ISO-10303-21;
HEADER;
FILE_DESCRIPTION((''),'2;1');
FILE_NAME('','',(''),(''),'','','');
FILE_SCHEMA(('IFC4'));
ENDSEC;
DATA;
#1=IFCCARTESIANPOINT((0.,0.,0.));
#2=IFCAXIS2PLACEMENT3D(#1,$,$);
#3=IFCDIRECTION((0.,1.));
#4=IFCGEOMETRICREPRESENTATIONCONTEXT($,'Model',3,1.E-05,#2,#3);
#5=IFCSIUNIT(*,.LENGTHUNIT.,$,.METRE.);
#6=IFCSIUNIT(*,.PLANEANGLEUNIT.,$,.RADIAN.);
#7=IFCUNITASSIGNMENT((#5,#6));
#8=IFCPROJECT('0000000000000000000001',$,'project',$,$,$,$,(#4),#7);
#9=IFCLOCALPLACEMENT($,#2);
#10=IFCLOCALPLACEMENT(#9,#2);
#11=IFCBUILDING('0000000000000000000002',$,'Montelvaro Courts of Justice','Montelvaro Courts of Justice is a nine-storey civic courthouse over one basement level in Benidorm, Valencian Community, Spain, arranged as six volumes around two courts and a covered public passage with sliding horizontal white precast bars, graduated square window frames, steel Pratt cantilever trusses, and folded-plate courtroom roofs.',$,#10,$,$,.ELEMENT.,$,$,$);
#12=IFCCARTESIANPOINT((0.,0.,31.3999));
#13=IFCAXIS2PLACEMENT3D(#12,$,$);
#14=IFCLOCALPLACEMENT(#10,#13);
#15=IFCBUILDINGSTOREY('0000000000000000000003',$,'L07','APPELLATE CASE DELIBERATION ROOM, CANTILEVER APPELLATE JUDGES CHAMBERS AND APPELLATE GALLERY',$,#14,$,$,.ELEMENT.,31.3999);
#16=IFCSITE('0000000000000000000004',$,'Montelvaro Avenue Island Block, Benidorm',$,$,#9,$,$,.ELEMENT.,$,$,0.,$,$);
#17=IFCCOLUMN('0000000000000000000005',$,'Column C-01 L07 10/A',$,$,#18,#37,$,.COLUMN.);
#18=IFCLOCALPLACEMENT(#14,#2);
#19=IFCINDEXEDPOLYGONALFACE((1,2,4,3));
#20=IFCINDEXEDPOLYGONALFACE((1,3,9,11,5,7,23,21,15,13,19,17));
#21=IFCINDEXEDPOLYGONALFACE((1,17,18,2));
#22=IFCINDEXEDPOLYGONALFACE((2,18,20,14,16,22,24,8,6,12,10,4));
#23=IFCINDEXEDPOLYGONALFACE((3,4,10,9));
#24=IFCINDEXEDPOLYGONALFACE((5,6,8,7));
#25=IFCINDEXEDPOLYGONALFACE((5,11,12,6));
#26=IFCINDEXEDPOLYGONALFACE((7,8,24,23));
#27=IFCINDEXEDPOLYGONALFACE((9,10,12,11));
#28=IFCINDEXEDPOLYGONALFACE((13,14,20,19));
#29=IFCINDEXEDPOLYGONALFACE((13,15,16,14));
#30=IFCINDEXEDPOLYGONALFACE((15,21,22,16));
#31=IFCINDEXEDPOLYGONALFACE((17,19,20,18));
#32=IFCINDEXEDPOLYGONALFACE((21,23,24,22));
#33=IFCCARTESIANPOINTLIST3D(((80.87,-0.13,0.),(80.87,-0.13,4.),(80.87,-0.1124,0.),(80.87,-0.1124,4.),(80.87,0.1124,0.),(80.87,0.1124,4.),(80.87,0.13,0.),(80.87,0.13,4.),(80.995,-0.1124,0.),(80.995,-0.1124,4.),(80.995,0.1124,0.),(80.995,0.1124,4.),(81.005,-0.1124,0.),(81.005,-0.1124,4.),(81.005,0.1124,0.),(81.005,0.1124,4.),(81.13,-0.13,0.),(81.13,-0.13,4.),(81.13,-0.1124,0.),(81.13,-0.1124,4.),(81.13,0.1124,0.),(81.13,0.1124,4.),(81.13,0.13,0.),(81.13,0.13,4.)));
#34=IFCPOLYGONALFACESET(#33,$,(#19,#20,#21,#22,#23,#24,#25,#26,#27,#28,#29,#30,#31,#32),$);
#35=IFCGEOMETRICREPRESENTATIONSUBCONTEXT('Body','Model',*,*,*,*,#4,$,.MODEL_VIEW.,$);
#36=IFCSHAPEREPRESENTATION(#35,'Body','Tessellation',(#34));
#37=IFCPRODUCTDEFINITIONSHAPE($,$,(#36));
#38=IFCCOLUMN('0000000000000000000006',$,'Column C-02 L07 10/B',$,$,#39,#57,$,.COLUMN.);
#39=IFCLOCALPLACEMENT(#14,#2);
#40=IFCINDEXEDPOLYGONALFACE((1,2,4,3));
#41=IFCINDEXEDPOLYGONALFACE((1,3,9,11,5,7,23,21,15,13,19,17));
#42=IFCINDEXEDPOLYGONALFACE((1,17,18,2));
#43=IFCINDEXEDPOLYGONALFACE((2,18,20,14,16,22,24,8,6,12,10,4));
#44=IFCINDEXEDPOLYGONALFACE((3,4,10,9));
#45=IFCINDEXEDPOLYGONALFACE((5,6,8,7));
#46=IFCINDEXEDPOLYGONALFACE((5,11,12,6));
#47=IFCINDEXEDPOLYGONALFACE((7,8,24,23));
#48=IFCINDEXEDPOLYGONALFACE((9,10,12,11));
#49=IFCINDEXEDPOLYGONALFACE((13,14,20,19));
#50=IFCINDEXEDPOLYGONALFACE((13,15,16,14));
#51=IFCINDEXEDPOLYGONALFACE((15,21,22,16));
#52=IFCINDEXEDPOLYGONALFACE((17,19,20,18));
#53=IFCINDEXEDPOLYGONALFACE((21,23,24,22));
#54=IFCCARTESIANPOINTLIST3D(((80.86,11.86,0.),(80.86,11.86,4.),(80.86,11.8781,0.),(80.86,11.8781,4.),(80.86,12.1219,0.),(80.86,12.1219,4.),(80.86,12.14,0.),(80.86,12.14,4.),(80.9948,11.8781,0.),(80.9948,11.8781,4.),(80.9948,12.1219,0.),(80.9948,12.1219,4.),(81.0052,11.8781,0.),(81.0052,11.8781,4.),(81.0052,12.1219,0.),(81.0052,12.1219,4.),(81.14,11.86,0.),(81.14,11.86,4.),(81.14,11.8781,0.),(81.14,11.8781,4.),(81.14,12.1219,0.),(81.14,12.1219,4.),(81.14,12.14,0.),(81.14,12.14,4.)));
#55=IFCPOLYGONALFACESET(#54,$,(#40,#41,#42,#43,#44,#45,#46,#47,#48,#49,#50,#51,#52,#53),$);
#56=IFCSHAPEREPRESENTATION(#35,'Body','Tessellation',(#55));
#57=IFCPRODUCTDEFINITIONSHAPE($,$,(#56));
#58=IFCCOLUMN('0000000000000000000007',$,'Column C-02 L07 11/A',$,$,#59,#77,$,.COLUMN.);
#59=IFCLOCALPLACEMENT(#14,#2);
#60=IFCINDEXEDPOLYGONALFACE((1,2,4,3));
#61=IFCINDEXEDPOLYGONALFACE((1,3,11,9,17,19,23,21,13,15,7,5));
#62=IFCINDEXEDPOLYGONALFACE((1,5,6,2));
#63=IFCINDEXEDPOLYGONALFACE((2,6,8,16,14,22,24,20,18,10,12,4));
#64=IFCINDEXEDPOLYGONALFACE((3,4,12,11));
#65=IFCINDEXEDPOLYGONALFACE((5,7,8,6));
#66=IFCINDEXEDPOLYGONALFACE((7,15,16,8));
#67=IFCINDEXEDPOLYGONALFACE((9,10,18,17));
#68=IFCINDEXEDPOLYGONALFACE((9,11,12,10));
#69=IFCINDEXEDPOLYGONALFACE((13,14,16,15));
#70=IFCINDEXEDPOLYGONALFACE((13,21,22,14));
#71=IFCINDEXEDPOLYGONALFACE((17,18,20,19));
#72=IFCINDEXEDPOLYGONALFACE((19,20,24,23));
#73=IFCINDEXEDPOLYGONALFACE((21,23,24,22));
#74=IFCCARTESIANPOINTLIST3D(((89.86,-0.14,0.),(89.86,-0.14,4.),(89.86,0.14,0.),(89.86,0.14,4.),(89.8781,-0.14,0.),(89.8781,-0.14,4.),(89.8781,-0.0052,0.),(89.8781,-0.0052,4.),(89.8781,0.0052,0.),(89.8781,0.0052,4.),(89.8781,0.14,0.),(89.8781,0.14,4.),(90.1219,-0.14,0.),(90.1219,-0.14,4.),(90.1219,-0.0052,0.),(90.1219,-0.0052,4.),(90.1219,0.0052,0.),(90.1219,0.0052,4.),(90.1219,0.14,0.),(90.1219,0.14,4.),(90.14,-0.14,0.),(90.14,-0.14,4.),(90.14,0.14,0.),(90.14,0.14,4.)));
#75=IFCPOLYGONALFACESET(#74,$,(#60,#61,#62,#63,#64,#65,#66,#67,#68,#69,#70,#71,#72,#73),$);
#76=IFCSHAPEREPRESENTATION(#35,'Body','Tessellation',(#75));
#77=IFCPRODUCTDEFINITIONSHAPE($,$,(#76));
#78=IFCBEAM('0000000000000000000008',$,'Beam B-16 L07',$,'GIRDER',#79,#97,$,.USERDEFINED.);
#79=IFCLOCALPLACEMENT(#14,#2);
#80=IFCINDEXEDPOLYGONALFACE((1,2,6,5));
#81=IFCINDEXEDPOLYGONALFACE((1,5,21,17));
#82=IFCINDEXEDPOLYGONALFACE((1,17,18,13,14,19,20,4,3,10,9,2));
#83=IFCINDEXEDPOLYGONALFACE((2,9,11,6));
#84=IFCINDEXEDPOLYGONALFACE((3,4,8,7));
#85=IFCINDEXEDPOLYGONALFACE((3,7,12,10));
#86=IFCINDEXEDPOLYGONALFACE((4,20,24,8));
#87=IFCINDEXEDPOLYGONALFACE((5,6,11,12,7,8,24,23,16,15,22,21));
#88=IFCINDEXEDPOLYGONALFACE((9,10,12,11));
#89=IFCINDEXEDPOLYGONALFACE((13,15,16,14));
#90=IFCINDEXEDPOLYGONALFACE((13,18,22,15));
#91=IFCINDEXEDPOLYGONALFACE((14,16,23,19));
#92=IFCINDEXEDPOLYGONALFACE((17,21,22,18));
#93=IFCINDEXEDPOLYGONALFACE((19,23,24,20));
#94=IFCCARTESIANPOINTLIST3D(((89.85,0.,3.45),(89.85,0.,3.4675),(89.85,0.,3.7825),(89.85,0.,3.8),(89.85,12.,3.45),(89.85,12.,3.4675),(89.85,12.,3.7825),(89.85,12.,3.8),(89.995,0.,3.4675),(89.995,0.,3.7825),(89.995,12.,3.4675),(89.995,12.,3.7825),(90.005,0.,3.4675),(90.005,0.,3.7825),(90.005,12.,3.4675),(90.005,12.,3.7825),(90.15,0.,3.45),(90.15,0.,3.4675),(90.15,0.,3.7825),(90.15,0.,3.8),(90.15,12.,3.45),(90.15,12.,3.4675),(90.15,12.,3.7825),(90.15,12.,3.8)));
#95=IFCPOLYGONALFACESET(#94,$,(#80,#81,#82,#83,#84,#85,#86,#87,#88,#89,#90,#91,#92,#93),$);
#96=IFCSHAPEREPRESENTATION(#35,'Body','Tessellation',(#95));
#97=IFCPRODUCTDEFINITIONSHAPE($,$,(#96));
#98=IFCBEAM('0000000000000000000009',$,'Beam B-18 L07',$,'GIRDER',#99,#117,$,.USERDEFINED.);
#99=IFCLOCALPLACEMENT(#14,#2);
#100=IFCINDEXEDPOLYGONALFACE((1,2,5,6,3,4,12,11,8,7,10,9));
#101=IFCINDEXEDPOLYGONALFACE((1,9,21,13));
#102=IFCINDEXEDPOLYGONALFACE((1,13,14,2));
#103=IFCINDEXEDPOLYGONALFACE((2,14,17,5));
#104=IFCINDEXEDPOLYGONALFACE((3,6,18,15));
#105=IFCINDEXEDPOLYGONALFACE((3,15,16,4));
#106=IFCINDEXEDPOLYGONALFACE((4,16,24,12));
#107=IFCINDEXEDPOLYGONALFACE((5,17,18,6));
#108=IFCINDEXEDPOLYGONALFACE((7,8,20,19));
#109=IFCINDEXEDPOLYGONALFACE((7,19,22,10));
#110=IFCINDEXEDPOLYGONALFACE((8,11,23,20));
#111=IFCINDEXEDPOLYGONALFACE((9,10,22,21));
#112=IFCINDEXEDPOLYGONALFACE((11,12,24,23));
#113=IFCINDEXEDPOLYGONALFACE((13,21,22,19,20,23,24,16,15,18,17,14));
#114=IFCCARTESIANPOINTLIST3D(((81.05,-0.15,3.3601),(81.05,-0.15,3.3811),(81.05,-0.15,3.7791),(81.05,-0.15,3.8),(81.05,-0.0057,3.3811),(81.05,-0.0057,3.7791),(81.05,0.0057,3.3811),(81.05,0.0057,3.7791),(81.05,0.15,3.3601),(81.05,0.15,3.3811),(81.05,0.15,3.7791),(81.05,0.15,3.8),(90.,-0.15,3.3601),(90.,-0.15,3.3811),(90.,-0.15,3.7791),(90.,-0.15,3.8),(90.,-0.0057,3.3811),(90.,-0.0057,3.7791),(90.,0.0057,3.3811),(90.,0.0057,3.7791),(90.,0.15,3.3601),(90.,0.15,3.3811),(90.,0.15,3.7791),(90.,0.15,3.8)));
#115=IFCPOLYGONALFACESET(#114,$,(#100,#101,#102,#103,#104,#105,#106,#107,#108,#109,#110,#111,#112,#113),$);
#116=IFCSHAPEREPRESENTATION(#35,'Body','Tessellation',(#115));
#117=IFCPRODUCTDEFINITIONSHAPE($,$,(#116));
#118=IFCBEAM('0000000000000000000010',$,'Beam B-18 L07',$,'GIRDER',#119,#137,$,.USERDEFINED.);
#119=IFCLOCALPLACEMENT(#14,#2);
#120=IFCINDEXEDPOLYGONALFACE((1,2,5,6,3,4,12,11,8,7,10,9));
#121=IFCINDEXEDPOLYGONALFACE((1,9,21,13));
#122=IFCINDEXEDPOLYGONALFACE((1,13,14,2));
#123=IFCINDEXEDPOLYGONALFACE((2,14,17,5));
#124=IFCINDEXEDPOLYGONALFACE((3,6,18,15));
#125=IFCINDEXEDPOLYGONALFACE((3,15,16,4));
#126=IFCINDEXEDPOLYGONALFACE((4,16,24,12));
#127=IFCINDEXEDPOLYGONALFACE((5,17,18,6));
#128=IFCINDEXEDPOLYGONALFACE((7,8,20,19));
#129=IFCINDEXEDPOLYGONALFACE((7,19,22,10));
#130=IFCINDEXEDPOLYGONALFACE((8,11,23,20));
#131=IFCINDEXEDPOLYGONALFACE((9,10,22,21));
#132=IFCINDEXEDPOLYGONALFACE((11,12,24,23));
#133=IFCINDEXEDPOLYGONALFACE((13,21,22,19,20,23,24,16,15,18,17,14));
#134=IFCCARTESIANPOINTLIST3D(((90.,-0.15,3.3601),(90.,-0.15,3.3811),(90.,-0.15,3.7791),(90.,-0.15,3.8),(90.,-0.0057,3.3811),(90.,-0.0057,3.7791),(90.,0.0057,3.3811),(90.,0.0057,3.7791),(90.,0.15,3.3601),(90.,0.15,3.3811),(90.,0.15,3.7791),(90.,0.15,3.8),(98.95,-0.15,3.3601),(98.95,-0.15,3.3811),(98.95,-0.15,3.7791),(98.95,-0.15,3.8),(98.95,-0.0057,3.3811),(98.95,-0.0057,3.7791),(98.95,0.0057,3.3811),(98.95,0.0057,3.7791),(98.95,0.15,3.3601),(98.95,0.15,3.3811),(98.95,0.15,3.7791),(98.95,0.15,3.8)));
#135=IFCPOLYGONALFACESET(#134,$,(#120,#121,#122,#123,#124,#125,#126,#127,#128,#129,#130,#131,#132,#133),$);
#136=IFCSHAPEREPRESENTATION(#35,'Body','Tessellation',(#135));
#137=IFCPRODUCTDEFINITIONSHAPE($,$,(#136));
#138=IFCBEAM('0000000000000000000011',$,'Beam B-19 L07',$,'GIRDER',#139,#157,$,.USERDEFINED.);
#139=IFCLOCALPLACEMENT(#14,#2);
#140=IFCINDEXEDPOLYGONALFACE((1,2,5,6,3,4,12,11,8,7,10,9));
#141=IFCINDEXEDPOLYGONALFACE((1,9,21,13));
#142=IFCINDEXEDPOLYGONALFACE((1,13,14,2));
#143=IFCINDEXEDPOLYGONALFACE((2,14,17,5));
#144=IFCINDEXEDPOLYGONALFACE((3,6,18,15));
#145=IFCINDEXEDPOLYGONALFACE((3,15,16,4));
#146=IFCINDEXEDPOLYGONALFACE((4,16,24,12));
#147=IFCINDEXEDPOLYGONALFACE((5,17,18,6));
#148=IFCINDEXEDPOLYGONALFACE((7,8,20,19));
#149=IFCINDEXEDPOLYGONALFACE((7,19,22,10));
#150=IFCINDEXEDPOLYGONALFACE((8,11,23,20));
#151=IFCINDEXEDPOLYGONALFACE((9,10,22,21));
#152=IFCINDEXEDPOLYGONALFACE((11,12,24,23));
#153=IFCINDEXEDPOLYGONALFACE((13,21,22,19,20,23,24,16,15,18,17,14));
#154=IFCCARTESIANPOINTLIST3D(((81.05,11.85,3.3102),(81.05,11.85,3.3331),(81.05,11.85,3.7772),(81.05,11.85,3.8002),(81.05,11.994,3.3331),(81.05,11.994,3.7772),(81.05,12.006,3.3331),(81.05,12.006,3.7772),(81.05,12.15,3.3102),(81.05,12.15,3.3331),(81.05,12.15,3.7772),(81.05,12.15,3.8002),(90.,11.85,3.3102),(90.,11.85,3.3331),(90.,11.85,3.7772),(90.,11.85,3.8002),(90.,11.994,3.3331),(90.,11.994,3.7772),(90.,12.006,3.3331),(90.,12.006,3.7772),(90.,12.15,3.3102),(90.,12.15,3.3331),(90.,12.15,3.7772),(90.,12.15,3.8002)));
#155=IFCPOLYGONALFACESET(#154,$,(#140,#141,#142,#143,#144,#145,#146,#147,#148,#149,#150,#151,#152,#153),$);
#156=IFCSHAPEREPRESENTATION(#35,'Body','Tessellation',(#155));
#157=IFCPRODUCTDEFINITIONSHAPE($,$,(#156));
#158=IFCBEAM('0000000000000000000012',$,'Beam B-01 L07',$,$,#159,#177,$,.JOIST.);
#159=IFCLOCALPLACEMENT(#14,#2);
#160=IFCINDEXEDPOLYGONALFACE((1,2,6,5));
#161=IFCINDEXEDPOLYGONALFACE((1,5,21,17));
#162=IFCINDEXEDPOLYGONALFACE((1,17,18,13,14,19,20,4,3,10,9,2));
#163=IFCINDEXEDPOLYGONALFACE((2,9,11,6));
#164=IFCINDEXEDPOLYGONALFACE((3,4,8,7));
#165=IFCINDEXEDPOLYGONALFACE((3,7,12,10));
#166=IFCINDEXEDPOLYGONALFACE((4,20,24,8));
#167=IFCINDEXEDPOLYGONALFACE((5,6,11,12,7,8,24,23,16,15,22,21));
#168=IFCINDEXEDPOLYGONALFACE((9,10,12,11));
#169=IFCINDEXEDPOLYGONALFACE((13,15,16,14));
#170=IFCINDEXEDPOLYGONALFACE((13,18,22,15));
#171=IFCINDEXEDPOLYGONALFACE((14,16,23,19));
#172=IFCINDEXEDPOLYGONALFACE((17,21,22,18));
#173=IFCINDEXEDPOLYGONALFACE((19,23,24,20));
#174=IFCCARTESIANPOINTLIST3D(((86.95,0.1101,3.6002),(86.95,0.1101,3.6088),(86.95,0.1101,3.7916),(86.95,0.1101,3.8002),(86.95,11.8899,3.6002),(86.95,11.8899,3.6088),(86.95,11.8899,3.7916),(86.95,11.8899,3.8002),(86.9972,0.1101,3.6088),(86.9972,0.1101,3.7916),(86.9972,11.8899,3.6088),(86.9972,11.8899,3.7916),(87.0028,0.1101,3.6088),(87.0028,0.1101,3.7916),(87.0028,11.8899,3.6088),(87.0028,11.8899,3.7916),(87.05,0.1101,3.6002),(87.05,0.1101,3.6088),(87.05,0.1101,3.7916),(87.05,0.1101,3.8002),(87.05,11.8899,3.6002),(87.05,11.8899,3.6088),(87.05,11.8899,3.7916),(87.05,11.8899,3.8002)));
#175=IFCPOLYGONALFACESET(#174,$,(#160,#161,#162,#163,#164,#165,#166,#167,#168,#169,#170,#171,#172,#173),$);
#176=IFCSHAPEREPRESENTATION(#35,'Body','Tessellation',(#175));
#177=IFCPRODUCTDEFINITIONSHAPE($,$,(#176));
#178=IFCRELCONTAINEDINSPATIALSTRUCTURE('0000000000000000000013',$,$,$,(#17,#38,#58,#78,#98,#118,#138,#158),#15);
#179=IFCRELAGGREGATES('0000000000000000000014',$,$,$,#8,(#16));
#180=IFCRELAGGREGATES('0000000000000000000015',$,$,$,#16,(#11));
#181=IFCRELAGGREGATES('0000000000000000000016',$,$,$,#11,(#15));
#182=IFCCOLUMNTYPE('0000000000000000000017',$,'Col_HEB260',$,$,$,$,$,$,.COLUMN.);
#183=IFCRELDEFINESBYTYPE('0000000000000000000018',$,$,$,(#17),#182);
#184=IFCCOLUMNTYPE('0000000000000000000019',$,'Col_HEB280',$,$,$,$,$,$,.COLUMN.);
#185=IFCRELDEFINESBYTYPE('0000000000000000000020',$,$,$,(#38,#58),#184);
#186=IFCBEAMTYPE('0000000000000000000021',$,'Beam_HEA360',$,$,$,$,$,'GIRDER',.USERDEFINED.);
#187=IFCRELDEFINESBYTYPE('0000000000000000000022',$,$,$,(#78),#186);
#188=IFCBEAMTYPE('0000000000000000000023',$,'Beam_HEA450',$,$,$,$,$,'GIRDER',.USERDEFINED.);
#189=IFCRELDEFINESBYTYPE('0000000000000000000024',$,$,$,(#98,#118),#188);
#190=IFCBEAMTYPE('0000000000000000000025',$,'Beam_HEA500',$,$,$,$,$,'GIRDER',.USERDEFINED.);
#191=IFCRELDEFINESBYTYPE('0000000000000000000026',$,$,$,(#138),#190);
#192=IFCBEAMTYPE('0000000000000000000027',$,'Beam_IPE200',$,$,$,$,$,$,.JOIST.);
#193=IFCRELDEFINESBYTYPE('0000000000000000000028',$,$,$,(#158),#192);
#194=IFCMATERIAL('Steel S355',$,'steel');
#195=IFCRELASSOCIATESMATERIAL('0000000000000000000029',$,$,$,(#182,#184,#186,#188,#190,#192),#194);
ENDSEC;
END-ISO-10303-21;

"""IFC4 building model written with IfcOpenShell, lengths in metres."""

from ifc_helpers import new_model, si_unit, direction, frame, origin, origin_2d, place, context, subcontext, project, spatial, i_section, extrude, material, material_profile, profile_set, type_object, element, save


model = new_model("IFC4")

# Units and contexts
model_context = context("Model", 3, precision=1e-05, world=origin(), true_north=direction((0.0, 1.0)))
body_context = subcontext(model_context, "Body", "Model", "MODEL_VIEW")
ifc_project = project(units=[si_unit("LENGTHUNIT", "METRE"), si_unit("PLANEANGLEUNIT", "RADIAN")], contexts=[model_context])

# Site, building, storey
site_placement = place(None, origin())
site = spatial("IfcSite", under=ifc_project, at=site_placement, Name="Montelvaro Avenue Island Block, Benidorm", CompositionType="ELEMENT", RefElevation=0.0)
building_placement = place(site_placement, origin())
building = spatial("IfcBuilding", under=site, at=building_placement, Name="Montelvaro Courts of Justice", Description="Montelvaro Courts of Justice is a nine-storey civic courthouse over one basement level in Benidorm, Valencian Community, Spain, arranged as six volumes around two courts and a covered public passage with sliding horizontal white precast bars, graduated square window frames, steel Pratt cantilever trusses, and folded-plate courtroom roofs.", CompositionType="ELEMENT")
storey_placement = place(building_placement, frame((0.0, 0.0, 31.3999)))
storey = spatial("IfcBuildingStorey", under=building, at=storey_placement, Name="L07", Description="APPELLATE CASE DELIBERATION ROOM, CANTILEVER APPELLATE JUDGES CHAMBERS AND APPELLATE GALLERY", CompositionType="ELEMENT", Elevation=31.3999)

# Columns
ifc_material_1 = material(Name="Steel S355", Category="steel")
ifc_material_profile_1 = material_profile(ifc_material_1, i_section(OverallWidth=0.26, OverallDepth=0.26, WebThickness=0.01, FlangeThickness=0.0176, at=origin_2d()), Name="HEB 260")
ifc_profile_set_1 = profile_set([ifc_material_profile_1], Name="Steel S355")
column_type_1 = type_object("IfcColumnType", Name="Col_HEB260", PredefinedType="COLUMN", material=ifc_profile_set_1)
column_placement = place(storey_placement, frame((81.0, 0.0, 0.0), z_axis=(0.0, 0.0, 1.0), x_axis=(1.0, 0.0, 0.0)))
element("IfcColumn", 1, at=column_placement, inside=storey, type_object=column_type_1, Name="Column C-01 L07 10/A", PredefinedType="COLUMN", context=body_context, shape_type="SweptSolid", body=[
    extrude(i_section(OverallWidth=0.26, OverallDepth=0.26, WebThickness=0.01, FlangeThickness=0.0176, at=origin_2d()), origin(), (0.0, 0.0, 1.0), 4.0),
])
ifc_material_profile_2 = material_profile(ifc_material_1, i_section(OverallWidth=0.28, OverallDepth=0.28, WebThickness=0.0105, FlangeThickness=0.0181, at=origin_2d()), Name="HEB 280")
ifc_profile_set_2 = profile_set([ifc_material_profile_2], Name="Steel S355")
column_type_2 = type_object("IfcColumnType", Name="Col_HEB280", PredefinedType="COLUMN", material=ifc_profile_set_2)
for number, where, z_axis, x_axis, name in (
    (2, (81.0, 12.0, 0.0), (0.0, 0.0, 1.0), (1.0, 0.0, 0.0), "Column C-02 L07 10/B"),
    (3, (90.0, 0.0, 0.0), (0.0, 0.0, 1.0), (0.0, 1.0, 0.0), "Column C-02 L07 11/A"),
):
    element("IfcColumn", number, at=place(storey_placement, frame(where, z_axis=z_axis, x_axis=x_axis)), inside=storey, type_object=column_type_2, Name=name, PredefinedType="COLUMN", context=body_context, shape_type="SweptSolid", body=[
        extrude(i_section(OverallWidth=0.28, OverallDepth=0.28, WebThickness=0.0105, FlangeThickness=0.0181, at=origin_2d()), origin(), (0.0, 0.0, 1.0), 4.0),
    ])

# Beams
ifc_material_profile_3 = material_profile(ifc_material_1, i_section(OverallWidth=0.3, OverallDepth=0.3501, WebThickness=0.01, FlangeThickness=0.0176, at=origin_2d()), Name="HEA 360")
ifc_profile_set_3 = profile_set([ifc_material_profile_3], Name="Steel S355")
beam_type_1 = type_object("IfcBeamType", Name="Beam_HEA360", ElementType="GIRDER", PredefinedType="USERDEFINED", material=ifc_profile_set_3)
beam_1_placement = place(storey_placement, frame((90.0, 0.0, 3.625), z_axis=(0.0, 1.0, 0.0), x_axis=(-1.0, 0.0, 0.0)))
element("IfcBeam", 4, at=beam_1_placement, inside=storey, type_object=beam_type_1, Name="Beam B-16 L07", ObjectType="GIRDER", PredefinedType="USERDEFINED", context=body_context, shape_type="SweptSolid", body=[
    extrude(i_section(OverallWidth=0.3, OverallDepth=0.3501, WebThickness=0.01, FlangeThickness=0.0176, at=origin_2d()), origin(), (0.0, 0.0, 1.0), 12.0),
])
ifc_material_profile_4 = material_profile(ifc_material_1, i_section(OverallWidth=0.3, OverallDepth=0.4399, WebThickness=0.0115, FlangeThickness=0.021, at=origin_2d()), Name="HEA 450")
ifc_profile_set_4 = profile_set([ifc_material_profile_4], Name="Steel S355")
beam_type_2 = type_object("IfcBeamType", Name="Beam_HEA450", ElementType="GIRDER", PredefinedType="USERDEFINED", material=ifc_profile_set_4)
for number, where, z_axis, x_axis, name in (
    (5, (81.05, 0.0, 3.5801), (1.0, 0.0, 0.0), (0.0, 1.0, 0.0), "Beam B-18 L07"),
    (6, (90.0, 0.0, 3.5801), (1.0, 0.0, 0.0), (0.0, 1.0, 0.0), "Beam B-18 L07"),
):
    element("IfcBeam", number, at=place(storey_placement, frame(where, z_axis=z_axis, x_axis=x_axis)), inside=storey, type_object=beam_type_2, Name=name, ObjectType="GIRDER", PredefinedType="USERDEFINED", context=body_context, shape_type="SweptSolid", body=[
        extrude(i_section(OverallWidth=0.3, OverallDepth=0.4399, WebThickness=0.0115, FlangeThickness=0.021, at=origin_2d()), origin(), (0.0, 0.0, 1.0), 8.95),
    ])
ifc_material_profile_5 = material_profile(ifc_material_1, i_section(OverallWidth=0.3, OverallDepth=0.49, WebThickness=0.012, FlangeThickness=0.0229, at=origin_2d()), Name="HEA 500")
ifc_profile_set_5 = profile_set([ifc_material_profile_5], Name="Steel S355")
beam_type_3 = type_object("IfcBeamType", Name="Beam_HEA500", ElementType="GIRDER", PredefinedType="USERDEFINED", material=ifc_profile_set_5)
beam_2_placement = place(storey_placement, frame((81.05, 12.0, 3.5552), z_axis=(1.0, 0.0, 0.0), x_axis=(0.0, 1.0, 0.0)))
element("IfcBeam", 7, at=beam_2_placement, inside=storey, type_object=beam_type_3, Name="Beam B-19 L07", ObjectType="GIRDER", PredefinedType="USERDEFINED", context=body_context, shape_type="SweptSolid", body=[
    extrude(i_section(OverallWidth=0.3, OverallDepth=0.49, WebThickness=0.012, FlangeThickness=0.0229, at=origin_2d()), origin(), (0.0, 0.0, 1.0), 8.95),
])
ifc_material_profile_6 = material_profile(ifc_material_1, i_section(OverallWidth=0.1001, OverallDepth=0.2, WebThickness=0.0056, FlangeThickness=0.0085, at=origin_2d()), Name="IPE 200")
ifc_profile_set_6 = profile_set([ifc_material_profile_6], Name="Steel S355")
beam_type_4 = type_object("IfcBeamType", Name="Beam_IPE200", PredefinedType="JOIST", material=ifc_profile_set_6)
beam_3_placement = place(storey_placement, frame((87.0, 0.1101, 3.7002), z_axis=(0.0, 1.0, 0.0), x_axis=(-1.0, 0.0, 0.0)))
element("IfcBeam", 8, at=beam_3_placement, inside=storey, type_object=beam_type_4, Name="Beam B-01 L07", PredefinedType="JOIST", context=body_context, shape_type="SweptSolid", body=[
    extrude(i_section(OverallWidth=0.1001, OverallDepth=0.2, WebThickness=0.0056, FlangeThickness=0.0085, at=origin_2d()), origin(), (0.0, 0.0, 1.0), 11.7798),
])

save(model, "model.ifc")
